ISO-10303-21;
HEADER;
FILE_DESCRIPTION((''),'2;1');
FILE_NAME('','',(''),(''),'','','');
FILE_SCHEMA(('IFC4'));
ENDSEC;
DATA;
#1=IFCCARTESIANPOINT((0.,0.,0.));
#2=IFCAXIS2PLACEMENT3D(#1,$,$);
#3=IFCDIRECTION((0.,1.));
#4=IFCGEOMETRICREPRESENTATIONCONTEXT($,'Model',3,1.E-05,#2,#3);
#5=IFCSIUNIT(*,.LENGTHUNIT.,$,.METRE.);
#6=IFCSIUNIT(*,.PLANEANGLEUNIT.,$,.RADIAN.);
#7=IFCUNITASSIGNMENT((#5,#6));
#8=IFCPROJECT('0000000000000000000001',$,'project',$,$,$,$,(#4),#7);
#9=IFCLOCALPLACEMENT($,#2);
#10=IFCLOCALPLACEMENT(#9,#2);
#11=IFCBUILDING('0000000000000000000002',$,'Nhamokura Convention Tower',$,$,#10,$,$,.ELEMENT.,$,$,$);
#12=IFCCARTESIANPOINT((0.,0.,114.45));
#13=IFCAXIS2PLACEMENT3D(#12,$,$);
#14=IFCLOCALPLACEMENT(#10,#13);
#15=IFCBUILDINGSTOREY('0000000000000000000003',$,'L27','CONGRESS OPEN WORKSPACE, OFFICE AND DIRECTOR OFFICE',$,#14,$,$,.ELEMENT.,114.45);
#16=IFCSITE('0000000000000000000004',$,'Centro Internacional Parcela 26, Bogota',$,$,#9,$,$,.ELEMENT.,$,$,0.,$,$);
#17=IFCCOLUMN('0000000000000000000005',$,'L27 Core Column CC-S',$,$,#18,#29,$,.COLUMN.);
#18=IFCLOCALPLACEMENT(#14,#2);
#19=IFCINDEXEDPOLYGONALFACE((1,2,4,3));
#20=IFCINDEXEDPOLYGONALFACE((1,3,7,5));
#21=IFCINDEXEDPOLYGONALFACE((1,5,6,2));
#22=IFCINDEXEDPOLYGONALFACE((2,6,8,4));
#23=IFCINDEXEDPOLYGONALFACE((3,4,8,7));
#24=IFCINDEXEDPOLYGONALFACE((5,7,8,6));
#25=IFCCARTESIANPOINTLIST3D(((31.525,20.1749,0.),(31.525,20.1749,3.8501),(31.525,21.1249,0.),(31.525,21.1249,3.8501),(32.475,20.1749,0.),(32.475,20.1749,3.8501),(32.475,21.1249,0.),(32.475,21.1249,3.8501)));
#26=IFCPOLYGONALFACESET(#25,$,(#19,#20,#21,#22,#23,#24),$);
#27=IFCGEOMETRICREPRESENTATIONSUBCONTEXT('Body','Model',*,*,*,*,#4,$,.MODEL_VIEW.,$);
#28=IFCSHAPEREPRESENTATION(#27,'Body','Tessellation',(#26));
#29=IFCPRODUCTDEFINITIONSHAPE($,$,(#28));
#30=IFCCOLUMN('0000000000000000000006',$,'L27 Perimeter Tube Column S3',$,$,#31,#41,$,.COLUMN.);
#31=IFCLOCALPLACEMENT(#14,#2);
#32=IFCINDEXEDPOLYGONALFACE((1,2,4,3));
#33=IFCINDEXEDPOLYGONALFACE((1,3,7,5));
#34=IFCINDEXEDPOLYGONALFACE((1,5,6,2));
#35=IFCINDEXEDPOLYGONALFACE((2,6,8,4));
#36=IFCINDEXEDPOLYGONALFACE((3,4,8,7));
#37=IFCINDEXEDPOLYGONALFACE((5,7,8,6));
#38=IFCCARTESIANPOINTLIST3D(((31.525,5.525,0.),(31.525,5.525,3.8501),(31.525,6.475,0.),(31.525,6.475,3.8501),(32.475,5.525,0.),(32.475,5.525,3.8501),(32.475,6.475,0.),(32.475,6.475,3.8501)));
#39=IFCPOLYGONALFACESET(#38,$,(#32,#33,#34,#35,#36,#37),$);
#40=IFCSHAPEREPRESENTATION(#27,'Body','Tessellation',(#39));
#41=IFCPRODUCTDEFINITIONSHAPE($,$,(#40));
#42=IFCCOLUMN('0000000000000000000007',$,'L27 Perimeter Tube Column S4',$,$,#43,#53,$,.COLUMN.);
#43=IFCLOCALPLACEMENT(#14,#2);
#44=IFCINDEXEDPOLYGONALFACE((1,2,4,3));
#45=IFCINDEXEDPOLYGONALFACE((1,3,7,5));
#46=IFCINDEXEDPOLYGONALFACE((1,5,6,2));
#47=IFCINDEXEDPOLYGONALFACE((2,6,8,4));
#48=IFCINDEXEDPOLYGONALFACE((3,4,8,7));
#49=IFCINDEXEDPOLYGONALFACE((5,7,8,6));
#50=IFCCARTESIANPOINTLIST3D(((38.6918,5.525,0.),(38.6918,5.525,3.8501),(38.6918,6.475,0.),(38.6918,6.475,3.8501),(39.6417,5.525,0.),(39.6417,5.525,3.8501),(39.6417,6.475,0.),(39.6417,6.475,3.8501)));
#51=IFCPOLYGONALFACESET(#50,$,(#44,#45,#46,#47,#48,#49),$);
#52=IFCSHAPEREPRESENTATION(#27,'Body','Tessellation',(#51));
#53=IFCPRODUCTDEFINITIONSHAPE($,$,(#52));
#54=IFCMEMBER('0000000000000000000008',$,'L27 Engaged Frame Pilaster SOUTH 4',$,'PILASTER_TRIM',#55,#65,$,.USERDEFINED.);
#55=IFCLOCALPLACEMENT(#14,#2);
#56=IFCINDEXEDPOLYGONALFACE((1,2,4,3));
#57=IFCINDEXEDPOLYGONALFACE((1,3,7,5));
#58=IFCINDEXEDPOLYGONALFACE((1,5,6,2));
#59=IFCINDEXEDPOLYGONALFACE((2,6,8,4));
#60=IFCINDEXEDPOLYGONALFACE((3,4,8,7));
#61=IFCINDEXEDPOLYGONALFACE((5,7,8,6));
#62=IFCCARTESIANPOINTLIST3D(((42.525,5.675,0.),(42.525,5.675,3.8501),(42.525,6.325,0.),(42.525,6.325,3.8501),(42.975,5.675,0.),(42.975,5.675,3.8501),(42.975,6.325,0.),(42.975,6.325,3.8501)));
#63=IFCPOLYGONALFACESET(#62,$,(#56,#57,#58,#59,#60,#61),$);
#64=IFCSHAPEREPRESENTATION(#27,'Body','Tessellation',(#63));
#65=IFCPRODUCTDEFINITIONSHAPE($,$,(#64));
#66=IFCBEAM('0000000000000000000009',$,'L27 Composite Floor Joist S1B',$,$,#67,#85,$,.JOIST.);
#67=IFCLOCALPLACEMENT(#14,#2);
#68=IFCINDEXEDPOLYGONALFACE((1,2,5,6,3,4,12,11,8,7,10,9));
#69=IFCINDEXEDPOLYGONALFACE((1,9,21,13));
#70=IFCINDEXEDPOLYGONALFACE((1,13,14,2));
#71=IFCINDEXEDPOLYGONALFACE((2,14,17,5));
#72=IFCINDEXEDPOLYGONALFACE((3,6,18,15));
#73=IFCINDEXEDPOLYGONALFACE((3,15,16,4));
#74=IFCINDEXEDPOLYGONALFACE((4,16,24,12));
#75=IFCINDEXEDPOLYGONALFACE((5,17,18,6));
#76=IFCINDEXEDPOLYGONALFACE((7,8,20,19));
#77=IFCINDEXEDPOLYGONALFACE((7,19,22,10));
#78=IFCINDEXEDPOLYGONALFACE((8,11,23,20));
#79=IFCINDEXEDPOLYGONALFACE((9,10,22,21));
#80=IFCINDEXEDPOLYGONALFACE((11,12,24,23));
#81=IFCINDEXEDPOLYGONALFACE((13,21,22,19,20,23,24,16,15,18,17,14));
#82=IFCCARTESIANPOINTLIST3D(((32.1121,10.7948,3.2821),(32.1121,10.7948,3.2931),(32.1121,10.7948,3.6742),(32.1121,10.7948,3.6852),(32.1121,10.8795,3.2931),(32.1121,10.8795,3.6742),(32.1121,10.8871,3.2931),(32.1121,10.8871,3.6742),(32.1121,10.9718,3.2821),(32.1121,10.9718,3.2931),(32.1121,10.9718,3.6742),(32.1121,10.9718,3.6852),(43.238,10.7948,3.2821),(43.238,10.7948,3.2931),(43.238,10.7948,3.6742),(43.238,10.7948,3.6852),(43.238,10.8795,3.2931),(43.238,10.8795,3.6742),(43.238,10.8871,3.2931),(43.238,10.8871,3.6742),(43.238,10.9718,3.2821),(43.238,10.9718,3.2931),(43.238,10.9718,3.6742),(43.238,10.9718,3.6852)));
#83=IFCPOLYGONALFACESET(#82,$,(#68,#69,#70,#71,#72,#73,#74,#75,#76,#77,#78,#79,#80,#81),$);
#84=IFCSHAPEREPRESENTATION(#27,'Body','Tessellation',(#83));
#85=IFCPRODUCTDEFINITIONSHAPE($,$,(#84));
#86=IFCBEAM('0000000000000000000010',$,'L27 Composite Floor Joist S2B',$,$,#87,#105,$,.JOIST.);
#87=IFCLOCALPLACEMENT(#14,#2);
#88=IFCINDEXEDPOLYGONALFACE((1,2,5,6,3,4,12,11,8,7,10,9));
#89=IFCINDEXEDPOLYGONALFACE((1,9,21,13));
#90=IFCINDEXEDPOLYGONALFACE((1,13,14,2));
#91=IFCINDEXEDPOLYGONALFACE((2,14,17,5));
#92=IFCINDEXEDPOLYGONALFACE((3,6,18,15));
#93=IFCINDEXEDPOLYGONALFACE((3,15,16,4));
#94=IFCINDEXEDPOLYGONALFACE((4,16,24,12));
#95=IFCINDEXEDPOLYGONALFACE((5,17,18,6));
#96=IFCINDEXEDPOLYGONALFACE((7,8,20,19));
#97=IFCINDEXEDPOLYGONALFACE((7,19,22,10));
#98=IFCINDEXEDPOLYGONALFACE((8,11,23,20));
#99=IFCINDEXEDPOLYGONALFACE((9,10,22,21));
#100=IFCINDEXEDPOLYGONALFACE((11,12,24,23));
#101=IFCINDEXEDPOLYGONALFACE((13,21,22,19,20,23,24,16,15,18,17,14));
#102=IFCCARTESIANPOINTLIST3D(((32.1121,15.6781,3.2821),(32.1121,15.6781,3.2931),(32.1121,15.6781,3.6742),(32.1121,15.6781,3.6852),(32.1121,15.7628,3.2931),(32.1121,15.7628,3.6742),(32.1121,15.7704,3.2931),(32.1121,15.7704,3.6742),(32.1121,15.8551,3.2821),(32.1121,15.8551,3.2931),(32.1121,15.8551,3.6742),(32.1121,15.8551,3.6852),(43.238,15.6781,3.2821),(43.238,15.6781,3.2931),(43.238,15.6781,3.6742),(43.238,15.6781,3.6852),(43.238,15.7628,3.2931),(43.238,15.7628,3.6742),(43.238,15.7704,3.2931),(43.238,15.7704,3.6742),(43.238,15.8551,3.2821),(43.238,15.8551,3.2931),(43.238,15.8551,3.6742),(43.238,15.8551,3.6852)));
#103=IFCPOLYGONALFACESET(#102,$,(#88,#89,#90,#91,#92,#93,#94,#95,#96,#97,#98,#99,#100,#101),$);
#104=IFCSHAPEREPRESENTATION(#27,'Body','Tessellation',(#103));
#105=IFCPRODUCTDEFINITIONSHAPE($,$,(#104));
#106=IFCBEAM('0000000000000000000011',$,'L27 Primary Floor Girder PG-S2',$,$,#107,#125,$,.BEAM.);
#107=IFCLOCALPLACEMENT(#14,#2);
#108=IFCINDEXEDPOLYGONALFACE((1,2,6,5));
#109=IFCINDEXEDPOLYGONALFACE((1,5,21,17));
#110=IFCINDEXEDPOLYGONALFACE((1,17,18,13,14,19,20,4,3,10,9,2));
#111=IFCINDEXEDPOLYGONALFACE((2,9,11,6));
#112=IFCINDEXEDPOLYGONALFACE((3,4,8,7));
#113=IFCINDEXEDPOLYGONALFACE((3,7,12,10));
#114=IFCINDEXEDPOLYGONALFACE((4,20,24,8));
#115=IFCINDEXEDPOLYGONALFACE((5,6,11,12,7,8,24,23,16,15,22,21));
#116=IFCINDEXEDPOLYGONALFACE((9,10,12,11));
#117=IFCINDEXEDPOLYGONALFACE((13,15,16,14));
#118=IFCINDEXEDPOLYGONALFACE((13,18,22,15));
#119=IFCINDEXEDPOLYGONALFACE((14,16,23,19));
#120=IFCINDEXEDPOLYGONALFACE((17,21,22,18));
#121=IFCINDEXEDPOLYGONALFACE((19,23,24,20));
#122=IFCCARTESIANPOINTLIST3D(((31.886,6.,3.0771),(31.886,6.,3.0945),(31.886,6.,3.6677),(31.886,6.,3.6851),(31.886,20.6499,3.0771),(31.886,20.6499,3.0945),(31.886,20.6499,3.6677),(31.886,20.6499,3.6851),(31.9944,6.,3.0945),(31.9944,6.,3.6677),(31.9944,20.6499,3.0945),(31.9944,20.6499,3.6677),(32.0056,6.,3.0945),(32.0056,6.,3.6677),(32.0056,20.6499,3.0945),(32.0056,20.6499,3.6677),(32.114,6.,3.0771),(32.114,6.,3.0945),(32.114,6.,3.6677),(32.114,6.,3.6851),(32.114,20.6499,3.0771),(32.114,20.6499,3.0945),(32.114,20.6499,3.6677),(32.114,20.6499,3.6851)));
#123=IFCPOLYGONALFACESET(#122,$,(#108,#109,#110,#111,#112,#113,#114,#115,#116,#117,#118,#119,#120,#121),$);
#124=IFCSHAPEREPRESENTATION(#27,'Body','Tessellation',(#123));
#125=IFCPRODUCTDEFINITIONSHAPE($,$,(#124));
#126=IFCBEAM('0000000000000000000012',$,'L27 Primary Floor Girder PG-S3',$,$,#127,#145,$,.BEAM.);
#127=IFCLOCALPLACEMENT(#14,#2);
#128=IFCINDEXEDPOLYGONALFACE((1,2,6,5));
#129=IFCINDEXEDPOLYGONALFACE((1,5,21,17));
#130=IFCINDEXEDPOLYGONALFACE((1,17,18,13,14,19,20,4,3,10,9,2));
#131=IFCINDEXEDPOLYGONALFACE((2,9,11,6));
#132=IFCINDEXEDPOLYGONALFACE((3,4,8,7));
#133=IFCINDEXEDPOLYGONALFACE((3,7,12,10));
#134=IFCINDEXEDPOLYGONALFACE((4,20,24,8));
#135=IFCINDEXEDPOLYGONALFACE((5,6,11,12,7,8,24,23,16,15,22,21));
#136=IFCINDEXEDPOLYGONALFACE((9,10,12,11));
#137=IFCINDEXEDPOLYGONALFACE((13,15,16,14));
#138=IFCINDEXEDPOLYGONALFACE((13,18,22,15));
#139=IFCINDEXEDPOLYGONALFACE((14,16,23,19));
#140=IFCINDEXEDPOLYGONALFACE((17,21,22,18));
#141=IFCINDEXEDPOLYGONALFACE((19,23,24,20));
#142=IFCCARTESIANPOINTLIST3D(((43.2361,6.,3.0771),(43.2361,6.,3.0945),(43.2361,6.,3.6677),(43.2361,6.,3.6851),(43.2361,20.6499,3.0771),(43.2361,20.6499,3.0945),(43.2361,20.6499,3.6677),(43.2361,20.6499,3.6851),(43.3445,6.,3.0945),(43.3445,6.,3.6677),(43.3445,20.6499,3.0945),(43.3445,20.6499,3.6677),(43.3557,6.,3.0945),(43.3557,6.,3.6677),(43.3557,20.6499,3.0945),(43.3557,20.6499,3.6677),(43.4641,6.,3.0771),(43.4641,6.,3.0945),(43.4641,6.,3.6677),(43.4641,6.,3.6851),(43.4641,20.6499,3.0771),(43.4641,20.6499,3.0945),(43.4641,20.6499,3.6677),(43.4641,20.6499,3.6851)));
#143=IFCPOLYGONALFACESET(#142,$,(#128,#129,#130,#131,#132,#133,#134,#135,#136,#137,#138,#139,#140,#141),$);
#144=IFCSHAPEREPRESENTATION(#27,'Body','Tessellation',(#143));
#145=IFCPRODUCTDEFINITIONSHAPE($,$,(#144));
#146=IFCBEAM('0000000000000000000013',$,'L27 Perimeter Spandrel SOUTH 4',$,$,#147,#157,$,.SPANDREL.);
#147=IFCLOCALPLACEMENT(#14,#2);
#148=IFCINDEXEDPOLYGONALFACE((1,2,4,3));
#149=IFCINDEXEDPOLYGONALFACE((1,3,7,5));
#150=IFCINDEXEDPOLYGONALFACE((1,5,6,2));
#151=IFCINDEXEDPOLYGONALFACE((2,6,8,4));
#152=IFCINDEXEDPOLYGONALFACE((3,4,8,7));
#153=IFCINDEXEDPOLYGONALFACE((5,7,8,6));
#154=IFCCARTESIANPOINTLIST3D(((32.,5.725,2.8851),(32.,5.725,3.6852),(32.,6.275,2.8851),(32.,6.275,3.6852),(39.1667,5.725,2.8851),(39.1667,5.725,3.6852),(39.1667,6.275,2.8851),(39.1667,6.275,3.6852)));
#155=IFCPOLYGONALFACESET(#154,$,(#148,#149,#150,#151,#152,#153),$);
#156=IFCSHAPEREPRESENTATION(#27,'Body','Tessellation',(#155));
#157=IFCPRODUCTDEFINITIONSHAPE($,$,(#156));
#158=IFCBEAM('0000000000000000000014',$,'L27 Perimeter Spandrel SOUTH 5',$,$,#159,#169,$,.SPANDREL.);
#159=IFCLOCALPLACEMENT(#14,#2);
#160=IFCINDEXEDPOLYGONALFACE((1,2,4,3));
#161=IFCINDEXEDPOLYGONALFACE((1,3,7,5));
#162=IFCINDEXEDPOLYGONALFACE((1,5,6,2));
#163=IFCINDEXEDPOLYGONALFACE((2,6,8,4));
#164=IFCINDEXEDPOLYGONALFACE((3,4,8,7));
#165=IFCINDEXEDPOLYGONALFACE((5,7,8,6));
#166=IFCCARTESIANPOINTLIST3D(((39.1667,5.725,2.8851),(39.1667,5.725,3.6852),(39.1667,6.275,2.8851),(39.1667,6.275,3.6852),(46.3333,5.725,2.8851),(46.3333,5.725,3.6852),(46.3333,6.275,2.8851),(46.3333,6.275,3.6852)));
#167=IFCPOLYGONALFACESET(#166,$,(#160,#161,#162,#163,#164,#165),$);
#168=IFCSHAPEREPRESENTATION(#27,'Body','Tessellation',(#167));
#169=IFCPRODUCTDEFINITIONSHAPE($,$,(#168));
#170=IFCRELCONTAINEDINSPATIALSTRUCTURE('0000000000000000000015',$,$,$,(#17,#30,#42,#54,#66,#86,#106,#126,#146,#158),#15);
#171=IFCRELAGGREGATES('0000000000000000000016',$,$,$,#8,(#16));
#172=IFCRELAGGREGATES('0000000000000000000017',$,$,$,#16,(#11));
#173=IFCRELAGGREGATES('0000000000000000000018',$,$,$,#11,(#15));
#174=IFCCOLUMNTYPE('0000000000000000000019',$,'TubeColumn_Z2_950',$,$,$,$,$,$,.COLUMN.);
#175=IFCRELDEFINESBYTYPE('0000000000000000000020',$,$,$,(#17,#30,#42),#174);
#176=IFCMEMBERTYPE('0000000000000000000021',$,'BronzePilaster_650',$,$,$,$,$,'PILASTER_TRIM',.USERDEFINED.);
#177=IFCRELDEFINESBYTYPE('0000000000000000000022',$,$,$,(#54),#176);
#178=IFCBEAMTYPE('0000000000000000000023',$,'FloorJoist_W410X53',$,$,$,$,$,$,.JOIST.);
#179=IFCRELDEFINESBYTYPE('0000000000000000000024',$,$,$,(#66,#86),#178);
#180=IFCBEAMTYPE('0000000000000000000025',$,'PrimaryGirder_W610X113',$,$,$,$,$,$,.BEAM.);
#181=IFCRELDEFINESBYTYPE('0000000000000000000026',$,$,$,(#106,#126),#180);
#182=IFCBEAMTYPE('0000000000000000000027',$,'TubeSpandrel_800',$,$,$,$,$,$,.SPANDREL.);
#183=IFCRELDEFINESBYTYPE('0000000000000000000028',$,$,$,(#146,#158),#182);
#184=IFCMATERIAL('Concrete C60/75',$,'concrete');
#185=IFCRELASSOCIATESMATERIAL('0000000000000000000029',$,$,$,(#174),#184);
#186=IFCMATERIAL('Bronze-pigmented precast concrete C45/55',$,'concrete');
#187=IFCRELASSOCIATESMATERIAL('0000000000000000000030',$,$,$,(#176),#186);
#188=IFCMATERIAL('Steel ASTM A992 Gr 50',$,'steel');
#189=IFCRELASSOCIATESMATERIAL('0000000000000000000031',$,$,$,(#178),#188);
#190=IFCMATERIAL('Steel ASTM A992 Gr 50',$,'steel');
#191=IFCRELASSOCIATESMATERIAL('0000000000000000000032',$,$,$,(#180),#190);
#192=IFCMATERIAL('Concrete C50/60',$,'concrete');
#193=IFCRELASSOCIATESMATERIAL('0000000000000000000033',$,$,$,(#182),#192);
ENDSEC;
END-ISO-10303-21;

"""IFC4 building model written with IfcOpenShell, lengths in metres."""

from ifc_helpers import new_model, si_unit, direction, frame, origin, origin_2d, place, context, subcontext, project, spatial, rectangle, i_section, extrude, material, material_profile, profile_set, type_object, element, save


model = new_model("IFC4")

# Units and contexts
model_context = context("Model", 3, precision=1e-05, world=origin(), true_north=direction((0.0, 1.0)))
body_context = subcontext(model_context, "Body", "Model", "MODEL_VIEW")
ifc_project = project(units=[si_unit("LENGTHUNIT", "METRE"), si_unit("PLANEANGLEUNIT", "RADIAN")], contexts=[model_context])

# Site, building, storey
site_placement = place(None, origin())
site = spatial("IfcSite", under=ifc_project, at=site_placement, Name="Centro Internacional Parcela 26, Bogota", CompositionType="ELEMENT", RefElevation=0.0)
building_placement = place(site_placement, origin())
building = spatial("IfcBuilding", under=site, at=building_placement, Name="Nhamokura Convention Tower", CompositionType="ELEMENT")
storey_placement = place(building_placement, frame((0.0, 0.0, 114.45)))
storey = spatial("IfcBuildingStorey", under=building, at=storey_placement, Name="L27", Description="CONGRESS OPEN WORKSPACE, OFFICE AND DIRECTOR OFFICE", CompositionType="ELEMENT", Elevation=114.45)

# Columns
ifc_material_1 = material(Name="Concrete C60/75", Category="concrete")
ifc_material_profile_1 = material_profile(ifc_material_1, rectangle(XDim=0.95, YDim=0.95, at=origin_2d()))
ifc_profile_set_1 = profile_set([ifc_material_profile_1], Name="Concrete C60/75")
column_type = type_object("IfcColumnType", Name="TubeColumn_Z2_950", PredefinedType="COLUMN", material=ifc_profile_set_1)
for number, where, z_axis, x_axis, name in (
    (1, (32.0, 20.6499, 0.0), (0.0, 0.0, 1.0), (1.0, 0.0, 0.0), "L27 Core Column CC-S"),
    (2, (32.0, 6.0, 0.0), (0.0, 0.0, 1.0), (1.0, 0.0, 0.0), "L27 Perimeter Tube Column S3"),
    (3, (39.1667, 6.0, 0.0), (0.0, 0.0, 1.0), (1.0, 0.0, 0.0), "L27 Perimeter Tube Column S4"),
):
    element("IfcColumn", number, at=place(storey_placement, frame(where, z_axis=z_axis, x_axis=x_axis)), inside=storey, type_object=column_type, Name=name, PredefinedType="COLUMN", context=body_context, shape_type="SweptSolid", body=[
        extrude(rectangle(XDim=0.95, YDim=0.95, at=origin_2d()), origin(), (0.0, 0.0, 1.0), 3.8501),
    ])

# Member
ifc_material_2 = material(Name="Bronze-pigmented precast concrete C45/55", Category="concrete")
ifc_material_profile_2 = material_profile(ifc_material_2, rectangle(XDim=0.45, YDim=0.6499, at=origin_2d()))
ifc_profile_set_2 = profile_set([ifc_material_profile_2], Name="Bronze-pigmented precast concrete C45/55")
member_type = type_object("IfcMemberType", Name="BronzePilaster_650", ElementType="PILASTER_TRIM", PredefinedType="USERDEFINED", material=ifc_profile_set_2)
member_placement = place(storey_placement, frame((42.75, 6.0, 0.0), z_axis=(0.0, 0.0, 1.0), x_axis=(1.0, 0.0, 0.0)))
element("IfcMember", 4, at=member_placement, inside=storey, type_object=member_type, Name="L27 Engaged Frame Pilaster SOUTH 4", ObjectType="PILASTER_TRIM", PredefinedType="USERDEFINED", context=body_context, shape_type="SweptSolid", body=[
    extrude(rectangle(XDim=0.45, YDim=0.6499, at=origin_2d()), origin(), (0.0, 0.0, 1.0), 3.8501),
])

# Beams
ifc_material_3 = material(Name="Steel ASTM A992 Gr 50", Category="steel")
ifc_material_profile_3 = material_profile(ifc_material_3, i_section(OverallWidth=0.177, OverallDepth=0.4031, WebThickness=0.0076, FlangeThickness=0.011, at=origin_2d()))
ifc_profile_set_3 = profile_set([ifc_material_profile_3], Name="Steel ASTM A992 Gr 50")
beam_type_1 = type_object("IfcBeamType", Name="FloorJoist_W410X53", PredefinedType="JOIST", material=ifc_profile_set_3)
for number, where, z_axis, x_axis, name in (
    (5, (32.1121, 10.8833, 3.4836), (1.0, 0.0, 0.0), (0.0, 1.0, 0.0), "L27 Composite Floor Joist S1B"),
    (6, (32.1121, 15.7666, 3.4836), (1.0, 0.0, 0.0), (0.0, 1.0, 0.0), "L27 Composite Floor Joist S2B"),
):
    element("IfcBeam", number, at=place(storey_placement, frame(where, z_axis=z_axis, x_axis=x_axis)), inside=storey, type_object=beam_type_1, Name=name, PredefinedType="JOIST", context=body_context, shape_type="SweptSolid", body=[
        extrude(i_section(OverallWidth=0.177, OverallDepth=0.4031, WebThickness=0.0076, FlangeThickness=0.011, at=origin_2d()), origin(), (0.0, 0.0, 1.0), 11.126),
    ])
ifc_material_4 = material(Name="Steel ASTM A992 Gr 50", Category="steel")
ifc_material_profile_4 = material_profile(ifc_material_4, i_section(OverallWidth=0.228, OverallDepth=0.6079, WebThickness=0.0112, FlangeThickness=0.0173, at=origin_2d()))
ifc_profile_set_4 = profile_set([ifc_material_profile_4], Name="Steel ASTM A992 Gr 50")
beam_type_2 = type_object("IfcBeamType", Name="PrimaryGirder_W610X113", PredefinedType="BEAM", material=ifc_profile_set_4)
for number, where, z_axis, x_axis, name in (
    (7, (32.0, 6.0, 3.3811), (0.0, 1.0, 0.0), (-1.0, 0.0, 0.0), "L27 Primary Floor Girder PG-S2"),
    (8, (43.3501, 6.0, 3.3811), (0.0, 1.0, 0.0), (-1.0, 0.0, 0.0), "L27 Primary Floor Girder PG-S3"),
):
    element("IfcBeam", number, at=place(storey_placement, frame(where, z_axis=z_axis, x_axis=x_axis)), inside=storey, type_object=beam_type_2, Name=name, PredefinedType="BEAM", context=body_context, shape_type="SweptSolid", body=[
        extrude(i_section(OverallWidth=0.228, OverallDepth=0.6079, WebThickness=0.0112, FlangeThickness=0.0173, at=origin_2d()), origin(), (0.0, 0.0, 1.0), 14.6499),
    ])
ifc_material_5 = material(Name="Concrete C50/60", Category="concrete")
ifc_material_profile_5 = material_profile(ifc_material_5, rectangle(XDim=0.55, YDim=0.8, at=origin_2d()))
ifc_profile_set_5 = profile_set([ifc_material_profile_5], Name="Concrete C50/60")
beam_type_3 = type_object("IfcBeamType", Name="TubeSpandrel_800", PredefinedType="SPANDREL", material=ifc_profile_set_5)
beam_1_placement = place(storey_placement, frame((32.0, 6.0, 3.2852), z_axis=(1.0, 0.0, 0.0), x_axis=(0.0, 1.0, 0.0)))
element("IfcBeam", 9, at=beam_1_placement, inside=storey, type_object=beam_type_3, Name="L27 Perimeter Spandrel SOUTH 4", PredefinedType="SPANDREL", context=body_context, shape_type="SweptSolid", body=[
    extrude(rectangle(XDim=0.55, YDim=0.8, at=origin_2d()), origin(), (0.0, 0.0, 1.0), 7.1667),
])
beam_2_placement = place(storey_placement, frame((39.1667, 6.0, 3.2852), z_axis=(1.0, 0.0, 0.0), x_axis=(0.0, 1.0, 0.0)))
element("IfcBeam", 10, at=beam_2_placement, inside=storey, type_object=beam_type_3, Name="L27 Perimeter Spandrel SOUTH 5", PredefinedType="SPANDREL", context=body_context, shape_type="SweptSolid", body=[
    extrude(rectangle(XDim=0.55, YDim=0.8, at=origin_2d()), origin(), (0.0, 0.0, 1.0), 7.1665),
])

save(model, "model.ifc")
